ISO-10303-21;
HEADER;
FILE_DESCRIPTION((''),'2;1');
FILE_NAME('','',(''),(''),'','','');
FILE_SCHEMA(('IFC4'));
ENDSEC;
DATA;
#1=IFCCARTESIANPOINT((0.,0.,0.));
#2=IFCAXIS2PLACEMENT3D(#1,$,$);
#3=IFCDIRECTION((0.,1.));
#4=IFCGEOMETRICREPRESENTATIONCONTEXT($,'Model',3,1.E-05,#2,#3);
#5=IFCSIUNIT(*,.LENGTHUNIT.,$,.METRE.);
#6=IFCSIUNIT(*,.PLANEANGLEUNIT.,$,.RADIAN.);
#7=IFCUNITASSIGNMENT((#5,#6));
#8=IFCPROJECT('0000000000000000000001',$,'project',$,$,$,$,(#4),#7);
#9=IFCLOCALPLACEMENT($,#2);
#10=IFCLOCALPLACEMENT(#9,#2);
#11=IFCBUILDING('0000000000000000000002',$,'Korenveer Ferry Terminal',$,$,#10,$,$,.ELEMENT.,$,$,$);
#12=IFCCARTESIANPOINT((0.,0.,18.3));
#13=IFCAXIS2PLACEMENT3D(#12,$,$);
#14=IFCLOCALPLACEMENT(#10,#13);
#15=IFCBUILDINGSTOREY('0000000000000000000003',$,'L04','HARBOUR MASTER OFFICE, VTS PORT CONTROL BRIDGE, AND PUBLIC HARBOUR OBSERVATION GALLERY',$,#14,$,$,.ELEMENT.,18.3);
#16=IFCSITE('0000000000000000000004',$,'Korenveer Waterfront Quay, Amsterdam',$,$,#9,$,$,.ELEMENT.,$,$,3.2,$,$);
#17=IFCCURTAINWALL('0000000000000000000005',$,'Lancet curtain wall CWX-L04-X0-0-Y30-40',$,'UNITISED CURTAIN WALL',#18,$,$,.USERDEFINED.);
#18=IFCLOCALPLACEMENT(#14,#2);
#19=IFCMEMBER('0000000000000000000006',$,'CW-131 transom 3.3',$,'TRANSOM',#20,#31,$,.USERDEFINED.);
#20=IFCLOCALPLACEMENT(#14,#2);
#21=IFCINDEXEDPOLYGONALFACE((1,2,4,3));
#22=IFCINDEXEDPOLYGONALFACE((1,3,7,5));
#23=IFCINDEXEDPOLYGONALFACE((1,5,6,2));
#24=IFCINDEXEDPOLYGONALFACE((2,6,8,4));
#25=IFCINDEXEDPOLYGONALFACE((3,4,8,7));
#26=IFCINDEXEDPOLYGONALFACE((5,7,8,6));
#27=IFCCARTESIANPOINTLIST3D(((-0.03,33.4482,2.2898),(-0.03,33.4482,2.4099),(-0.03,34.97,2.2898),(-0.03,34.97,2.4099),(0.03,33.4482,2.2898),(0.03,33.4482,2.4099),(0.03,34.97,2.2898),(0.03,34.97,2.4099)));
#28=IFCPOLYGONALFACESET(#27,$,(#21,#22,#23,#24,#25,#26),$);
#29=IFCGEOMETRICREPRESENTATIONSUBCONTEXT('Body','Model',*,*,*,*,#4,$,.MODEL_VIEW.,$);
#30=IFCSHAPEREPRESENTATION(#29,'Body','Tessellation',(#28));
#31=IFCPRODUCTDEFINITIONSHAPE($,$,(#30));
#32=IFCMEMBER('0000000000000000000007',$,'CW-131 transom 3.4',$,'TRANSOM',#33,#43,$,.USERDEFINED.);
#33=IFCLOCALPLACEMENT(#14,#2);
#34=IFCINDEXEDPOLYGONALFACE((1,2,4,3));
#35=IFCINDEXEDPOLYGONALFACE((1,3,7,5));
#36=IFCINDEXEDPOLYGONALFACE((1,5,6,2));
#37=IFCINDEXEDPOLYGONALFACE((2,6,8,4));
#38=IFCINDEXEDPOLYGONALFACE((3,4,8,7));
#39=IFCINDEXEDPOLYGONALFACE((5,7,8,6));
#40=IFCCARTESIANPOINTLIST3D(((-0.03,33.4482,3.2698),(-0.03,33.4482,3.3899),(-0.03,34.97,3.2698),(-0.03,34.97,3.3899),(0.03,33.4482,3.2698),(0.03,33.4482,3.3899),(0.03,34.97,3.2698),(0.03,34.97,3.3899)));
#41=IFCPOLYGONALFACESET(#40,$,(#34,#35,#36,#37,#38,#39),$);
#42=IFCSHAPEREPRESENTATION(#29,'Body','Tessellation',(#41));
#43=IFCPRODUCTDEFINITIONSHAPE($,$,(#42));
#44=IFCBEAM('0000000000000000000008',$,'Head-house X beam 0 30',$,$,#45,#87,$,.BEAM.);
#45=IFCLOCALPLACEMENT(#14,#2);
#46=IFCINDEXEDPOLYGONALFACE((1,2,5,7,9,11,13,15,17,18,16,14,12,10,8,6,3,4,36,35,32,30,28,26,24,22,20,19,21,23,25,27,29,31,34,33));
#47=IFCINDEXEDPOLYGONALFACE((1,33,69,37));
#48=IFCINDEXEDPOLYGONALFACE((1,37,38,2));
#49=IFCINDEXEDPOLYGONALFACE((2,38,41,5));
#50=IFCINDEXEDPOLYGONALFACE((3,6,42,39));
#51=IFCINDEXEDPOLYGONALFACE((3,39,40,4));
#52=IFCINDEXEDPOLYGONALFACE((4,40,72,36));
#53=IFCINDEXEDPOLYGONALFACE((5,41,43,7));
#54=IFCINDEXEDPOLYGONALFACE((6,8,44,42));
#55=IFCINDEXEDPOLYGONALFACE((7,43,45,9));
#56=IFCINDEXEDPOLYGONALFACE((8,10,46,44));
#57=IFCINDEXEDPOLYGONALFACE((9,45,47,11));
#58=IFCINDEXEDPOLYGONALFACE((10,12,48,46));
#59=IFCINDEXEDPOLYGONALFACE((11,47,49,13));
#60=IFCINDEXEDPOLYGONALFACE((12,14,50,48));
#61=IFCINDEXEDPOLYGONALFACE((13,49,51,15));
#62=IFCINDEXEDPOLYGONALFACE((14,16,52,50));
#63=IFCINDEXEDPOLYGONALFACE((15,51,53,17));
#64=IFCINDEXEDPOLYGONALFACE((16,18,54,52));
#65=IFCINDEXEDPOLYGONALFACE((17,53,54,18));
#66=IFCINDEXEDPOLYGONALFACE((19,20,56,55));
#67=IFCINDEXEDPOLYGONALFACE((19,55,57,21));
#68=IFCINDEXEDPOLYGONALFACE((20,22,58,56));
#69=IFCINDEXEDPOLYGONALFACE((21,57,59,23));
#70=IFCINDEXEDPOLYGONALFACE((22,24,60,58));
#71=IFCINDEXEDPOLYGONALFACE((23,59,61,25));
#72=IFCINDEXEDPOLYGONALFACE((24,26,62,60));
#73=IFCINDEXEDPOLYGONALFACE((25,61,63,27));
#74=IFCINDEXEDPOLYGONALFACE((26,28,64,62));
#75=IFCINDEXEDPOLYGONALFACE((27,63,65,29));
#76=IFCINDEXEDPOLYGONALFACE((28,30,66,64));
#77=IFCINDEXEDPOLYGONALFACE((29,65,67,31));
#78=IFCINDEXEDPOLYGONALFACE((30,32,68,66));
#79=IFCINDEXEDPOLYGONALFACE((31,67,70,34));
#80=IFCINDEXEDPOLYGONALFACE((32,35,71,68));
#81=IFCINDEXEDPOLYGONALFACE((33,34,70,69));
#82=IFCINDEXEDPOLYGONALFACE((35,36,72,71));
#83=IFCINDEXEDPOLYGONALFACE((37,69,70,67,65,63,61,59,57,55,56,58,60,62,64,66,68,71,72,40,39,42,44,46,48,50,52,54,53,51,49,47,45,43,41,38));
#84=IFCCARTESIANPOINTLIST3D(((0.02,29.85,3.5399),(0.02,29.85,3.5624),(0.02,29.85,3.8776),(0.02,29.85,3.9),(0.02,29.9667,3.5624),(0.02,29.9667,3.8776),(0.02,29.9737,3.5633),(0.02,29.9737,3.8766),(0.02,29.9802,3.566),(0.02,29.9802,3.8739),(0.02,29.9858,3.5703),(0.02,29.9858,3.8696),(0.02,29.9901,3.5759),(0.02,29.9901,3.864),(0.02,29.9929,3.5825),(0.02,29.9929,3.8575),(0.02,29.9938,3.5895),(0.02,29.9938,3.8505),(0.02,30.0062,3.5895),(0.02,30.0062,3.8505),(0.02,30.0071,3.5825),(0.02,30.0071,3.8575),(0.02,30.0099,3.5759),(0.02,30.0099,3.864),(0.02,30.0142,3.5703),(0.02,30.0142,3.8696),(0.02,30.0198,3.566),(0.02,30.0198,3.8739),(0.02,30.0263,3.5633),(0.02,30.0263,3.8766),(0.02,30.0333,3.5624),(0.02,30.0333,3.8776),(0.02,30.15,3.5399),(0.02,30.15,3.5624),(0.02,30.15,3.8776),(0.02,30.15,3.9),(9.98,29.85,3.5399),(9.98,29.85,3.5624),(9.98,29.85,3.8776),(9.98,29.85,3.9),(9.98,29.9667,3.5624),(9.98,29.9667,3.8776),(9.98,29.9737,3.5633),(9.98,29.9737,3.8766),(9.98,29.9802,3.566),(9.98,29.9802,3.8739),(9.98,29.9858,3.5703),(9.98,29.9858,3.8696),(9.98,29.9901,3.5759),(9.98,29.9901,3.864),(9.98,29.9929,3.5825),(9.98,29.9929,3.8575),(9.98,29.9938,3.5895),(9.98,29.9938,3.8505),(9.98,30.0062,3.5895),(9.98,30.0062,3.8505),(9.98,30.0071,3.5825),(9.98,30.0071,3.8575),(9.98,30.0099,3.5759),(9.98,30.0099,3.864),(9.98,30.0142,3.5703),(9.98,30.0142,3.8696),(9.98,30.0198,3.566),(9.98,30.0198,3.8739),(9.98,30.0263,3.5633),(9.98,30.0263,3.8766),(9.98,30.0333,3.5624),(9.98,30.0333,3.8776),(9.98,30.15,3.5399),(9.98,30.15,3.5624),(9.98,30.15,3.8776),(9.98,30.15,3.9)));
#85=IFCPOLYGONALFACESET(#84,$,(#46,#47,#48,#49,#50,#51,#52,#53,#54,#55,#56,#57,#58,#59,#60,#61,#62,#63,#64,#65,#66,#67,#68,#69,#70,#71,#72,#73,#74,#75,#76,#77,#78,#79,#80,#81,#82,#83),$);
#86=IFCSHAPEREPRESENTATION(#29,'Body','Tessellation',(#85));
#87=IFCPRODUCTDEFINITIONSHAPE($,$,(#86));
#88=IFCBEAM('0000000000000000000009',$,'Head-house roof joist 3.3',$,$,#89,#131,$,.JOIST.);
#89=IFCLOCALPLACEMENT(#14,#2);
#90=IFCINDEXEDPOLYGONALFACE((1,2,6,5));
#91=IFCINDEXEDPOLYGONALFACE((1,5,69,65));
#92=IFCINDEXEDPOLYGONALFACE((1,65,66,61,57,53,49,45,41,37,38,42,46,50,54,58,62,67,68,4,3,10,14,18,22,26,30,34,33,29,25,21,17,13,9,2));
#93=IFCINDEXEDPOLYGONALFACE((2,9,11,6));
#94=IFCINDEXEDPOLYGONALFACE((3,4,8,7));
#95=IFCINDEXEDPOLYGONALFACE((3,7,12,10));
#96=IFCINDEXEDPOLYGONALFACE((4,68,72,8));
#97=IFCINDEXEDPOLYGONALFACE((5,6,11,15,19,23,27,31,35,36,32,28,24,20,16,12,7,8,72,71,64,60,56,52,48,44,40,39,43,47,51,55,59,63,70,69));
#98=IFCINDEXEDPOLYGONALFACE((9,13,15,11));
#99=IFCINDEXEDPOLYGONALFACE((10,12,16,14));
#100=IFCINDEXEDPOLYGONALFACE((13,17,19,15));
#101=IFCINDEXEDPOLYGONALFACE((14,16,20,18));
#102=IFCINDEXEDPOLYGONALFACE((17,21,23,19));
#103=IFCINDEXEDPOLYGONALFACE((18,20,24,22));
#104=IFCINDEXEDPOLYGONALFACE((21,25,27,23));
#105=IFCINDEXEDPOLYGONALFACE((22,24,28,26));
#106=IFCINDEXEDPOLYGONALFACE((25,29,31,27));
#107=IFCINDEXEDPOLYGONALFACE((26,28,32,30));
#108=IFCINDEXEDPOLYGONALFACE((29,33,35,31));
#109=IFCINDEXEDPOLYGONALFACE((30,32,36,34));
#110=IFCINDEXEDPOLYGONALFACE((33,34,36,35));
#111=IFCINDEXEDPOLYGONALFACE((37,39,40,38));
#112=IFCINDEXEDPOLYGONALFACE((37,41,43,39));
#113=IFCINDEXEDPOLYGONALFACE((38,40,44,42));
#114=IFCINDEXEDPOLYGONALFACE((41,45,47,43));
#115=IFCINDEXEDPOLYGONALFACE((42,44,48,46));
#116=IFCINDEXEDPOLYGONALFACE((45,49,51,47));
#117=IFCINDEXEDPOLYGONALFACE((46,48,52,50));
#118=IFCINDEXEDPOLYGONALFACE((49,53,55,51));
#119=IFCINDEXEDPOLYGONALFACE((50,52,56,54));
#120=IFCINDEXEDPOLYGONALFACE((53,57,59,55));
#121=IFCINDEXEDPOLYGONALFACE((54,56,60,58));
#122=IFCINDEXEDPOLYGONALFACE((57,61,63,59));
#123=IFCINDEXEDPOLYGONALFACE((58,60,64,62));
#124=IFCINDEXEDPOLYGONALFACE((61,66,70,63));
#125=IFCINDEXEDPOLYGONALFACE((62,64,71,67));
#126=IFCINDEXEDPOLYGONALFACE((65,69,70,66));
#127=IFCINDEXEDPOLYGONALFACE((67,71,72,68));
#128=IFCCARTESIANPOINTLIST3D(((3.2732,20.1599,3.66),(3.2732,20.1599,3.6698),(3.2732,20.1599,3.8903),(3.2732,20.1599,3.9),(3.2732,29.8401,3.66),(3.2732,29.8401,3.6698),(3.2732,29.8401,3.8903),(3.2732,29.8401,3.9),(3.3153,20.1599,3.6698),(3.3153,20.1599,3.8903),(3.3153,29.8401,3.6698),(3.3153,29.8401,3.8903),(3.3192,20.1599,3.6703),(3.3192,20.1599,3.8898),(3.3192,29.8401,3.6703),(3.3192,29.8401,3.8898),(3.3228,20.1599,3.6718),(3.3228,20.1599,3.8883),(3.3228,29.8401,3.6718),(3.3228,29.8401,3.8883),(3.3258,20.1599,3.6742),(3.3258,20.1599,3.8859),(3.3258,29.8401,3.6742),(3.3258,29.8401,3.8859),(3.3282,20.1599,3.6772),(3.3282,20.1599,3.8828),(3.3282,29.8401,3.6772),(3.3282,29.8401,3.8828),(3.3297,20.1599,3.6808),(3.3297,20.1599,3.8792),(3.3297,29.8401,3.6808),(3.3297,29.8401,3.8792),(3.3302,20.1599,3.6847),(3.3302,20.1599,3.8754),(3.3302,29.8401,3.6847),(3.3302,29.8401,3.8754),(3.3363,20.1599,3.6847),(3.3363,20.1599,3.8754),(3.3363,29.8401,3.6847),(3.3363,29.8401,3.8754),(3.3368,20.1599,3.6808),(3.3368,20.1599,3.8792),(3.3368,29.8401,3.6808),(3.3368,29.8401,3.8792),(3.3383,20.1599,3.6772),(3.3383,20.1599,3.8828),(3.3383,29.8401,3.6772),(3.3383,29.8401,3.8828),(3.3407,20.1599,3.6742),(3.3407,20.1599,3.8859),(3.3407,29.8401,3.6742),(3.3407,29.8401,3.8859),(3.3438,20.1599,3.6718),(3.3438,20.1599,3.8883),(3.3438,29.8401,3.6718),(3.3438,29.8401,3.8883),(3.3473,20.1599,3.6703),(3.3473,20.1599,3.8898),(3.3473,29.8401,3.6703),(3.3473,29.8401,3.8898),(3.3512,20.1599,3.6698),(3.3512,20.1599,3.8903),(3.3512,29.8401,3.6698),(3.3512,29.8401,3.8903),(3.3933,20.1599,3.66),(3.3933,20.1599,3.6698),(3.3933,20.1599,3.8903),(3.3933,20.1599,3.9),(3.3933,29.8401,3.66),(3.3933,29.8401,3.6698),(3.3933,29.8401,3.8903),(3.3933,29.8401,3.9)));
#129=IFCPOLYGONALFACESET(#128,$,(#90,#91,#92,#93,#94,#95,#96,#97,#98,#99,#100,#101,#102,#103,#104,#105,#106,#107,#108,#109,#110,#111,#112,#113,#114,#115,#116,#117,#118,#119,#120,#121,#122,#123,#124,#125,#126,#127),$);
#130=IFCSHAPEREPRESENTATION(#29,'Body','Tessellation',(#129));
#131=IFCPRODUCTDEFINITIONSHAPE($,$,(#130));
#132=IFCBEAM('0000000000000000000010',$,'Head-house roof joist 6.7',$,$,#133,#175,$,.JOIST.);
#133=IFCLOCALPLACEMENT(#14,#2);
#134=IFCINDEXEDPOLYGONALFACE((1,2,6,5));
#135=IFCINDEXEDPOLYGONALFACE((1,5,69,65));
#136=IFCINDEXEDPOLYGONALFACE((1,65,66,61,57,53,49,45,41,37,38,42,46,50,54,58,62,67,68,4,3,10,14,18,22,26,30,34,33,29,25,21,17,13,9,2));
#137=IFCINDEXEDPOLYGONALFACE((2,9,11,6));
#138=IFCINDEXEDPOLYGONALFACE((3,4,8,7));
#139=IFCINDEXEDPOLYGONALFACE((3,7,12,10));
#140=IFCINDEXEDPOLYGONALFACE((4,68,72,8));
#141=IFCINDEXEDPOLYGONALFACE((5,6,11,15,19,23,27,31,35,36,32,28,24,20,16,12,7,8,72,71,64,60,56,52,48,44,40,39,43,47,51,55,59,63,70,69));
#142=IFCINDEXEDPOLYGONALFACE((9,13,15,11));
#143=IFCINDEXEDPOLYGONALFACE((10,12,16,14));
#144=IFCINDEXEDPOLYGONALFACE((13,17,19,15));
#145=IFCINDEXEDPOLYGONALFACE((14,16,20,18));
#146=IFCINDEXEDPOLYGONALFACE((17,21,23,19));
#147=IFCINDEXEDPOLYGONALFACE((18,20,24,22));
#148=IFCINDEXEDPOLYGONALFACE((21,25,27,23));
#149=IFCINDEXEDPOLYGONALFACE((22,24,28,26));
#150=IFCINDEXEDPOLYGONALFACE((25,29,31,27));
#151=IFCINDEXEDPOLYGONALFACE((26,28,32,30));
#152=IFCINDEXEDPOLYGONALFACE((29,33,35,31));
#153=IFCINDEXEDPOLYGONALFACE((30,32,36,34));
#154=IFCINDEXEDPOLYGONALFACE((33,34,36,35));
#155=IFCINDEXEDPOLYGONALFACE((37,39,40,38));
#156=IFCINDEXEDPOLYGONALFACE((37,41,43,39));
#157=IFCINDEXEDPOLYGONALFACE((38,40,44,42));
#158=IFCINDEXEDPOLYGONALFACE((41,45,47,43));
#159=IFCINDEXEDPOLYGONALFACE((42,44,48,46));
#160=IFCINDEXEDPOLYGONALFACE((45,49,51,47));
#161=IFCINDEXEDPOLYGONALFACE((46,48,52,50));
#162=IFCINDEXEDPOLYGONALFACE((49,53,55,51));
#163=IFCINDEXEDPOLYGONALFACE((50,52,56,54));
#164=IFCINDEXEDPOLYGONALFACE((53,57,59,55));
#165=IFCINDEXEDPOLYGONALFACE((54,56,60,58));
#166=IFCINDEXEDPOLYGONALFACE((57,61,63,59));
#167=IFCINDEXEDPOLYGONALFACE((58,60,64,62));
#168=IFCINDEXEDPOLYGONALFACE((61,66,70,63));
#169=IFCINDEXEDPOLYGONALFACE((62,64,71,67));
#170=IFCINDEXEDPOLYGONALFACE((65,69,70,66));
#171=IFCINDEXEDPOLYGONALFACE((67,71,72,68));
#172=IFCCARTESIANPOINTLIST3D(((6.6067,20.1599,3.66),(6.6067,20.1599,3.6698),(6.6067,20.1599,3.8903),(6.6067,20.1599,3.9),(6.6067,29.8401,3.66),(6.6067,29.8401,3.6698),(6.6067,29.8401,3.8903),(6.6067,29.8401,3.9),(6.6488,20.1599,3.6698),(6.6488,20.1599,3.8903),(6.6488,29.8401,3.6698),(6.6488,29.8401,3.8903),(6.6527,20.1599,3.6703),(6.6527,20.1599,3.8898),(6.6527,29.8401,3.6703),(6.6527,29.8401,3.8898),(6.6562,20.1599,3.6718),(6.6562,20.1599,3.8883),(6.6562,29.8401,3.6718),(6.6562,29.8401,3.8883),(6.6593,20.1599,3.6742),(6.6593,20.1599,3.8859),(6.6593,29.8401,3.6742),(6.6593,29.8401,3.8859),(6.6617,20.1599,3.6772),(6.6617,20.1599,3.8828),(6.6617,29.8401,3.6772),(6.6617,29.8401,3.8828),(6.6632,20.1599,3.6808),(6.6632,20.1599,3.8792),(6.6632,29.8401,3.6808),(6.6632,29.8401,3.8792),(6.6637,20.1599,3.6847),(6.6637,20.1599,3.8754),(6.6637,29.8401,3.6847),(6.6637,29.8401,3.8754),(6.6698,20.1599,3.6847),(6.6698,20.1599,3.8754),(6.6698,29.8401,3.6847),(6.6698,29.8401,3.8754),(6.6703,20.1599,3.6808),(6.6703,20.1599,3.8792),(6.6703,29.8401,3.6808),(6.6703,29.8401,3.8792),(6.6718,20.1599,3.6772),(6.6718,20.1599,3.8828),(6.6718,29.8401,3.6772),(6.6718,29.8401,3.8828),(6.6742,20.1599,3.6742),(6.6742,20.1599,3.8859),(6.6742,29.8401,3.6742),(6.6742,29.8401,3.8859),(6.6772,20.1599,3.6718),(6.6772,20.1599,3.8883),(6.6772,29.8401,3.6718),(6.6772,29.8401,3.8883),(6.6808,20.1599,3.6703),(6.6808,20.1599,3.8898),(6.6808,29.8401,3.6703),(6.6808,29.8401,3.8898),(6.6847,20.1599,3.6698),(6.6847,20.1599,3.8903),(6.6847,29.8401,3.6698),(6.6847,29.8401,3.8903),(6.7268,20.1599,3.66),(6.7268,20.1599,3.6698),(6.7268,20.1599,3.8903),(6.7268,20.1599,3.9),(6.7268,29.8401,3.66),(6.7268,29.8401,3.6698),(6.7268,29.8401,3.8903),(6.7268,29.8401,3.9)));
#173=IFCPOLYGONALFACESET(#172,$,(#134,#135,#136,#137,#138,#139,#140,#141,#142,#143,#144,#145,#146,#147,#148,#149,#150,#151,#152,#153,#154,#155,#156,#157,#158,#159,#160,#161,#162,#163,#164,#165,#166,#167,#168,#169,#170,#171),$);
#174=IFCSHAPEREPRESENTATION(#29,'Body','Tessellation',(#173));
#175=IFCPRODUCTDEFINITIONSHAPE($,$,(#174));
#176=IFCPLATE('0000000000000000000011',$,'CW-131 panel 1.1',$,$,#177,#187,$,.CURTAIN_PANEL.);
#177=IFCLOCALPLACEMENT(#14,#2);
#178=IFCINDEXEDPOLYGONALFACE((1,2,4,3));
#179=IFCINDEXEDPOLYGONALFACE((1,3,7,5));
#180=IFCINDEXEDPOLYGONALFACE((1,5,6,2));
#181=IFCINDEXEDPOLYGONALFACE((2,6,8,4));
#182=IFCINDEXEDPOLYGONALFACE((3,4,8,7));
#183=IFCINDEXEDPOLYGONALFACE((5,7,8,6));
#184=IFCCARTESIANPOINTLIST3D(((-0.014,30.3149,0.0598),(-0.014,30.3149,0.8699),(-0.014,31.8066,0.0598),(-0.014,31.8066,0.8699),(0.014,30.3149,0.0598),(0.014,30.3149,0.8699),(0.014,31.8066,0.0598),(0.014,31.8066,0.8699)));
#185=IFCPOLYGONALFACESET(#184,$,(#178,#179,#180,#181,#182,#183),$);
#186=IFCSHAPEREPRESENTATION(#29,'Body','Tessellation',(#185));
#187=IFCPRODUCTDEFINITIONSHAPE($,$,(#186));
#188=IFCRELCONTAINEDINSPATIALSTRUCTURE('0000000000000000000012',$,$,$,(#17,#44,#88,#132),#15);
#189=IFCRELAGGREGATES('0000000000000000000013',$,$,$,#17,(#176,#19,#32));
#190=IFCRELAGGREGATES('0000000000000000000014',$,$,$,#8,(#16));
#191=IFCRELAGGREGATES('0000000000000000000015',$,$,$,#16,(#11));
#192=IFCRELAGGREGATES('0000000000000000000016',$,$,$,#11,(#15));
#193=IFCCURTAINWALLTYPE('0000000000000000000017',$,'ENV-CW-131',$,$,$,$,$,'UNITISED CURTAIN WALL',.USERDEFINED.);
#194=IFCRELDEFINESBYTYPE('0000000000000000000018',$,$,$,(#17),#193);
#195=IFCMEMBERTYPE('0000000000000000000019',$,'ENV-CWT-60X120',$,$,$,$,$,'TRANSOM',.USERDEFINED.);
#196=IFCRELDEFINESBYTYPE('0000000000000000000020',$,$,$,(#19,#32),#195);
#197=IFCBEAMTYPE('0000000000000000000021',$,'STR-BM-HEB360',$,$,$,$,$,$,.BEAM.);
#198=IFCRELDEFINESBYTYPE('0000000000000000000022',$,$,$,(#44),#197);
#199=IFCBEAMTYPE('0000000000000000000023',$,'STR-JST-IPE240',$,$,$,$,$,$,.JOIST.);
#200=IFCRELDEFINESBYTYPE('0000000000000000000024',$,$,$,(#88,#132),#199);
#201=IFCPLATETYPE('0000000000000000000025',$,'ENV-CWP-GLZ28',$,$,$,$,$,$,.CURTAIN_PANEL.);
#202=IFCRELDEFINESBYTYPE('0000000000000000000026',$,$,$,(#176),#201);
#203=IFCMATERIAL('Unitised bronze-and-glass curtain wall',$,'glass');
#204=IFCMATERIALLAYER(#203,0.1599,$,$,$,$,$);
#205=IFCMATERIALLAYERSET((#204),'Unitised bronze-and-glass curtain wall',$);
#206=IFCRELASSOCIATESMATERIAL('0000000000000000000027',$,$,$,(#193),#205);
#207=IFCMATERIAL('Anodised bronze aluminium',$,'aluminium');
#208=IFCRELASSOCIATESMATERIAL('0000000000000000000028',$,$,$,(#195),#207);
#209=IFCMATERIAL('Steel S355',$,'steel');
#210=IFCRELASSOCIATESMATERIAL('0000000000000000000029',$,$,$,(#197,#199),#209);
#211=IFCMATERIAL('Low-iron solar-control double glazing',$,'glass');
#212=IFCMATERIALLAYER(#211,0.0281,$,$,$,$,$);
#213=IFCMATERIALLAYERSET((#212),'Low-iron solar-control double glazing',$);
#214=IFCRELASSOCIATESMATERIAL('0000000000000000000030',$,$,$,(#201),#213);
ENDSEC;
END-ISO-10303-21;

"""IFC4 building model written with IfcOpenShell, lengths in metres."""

from ifc_helpers import new_model, si_unit, direction, frame, origin, origin_2d, place, context, subcontext, project, spatial, rectangle, i_section, extrude, material, layer, layer_set, material_profile, profile_set, type_object, element, aggregate, save


model = new_model("IFC4")

# Units and contexts
model_context = context("Model", 3, precision=1e-05, world=origin(), true_north=direction((0.0, 1.0)))
body_context = subcontext(model_context, "Body", "Model", "MODEL_VIEW")
ifc_project = project(units=[si_unit("LENGTHUNIT", "METRE"), si_unit("PLANEANGLEUNIT", "RADIAN")], contexts=[model_context])

# Site, building, storey
site_placement = place(None, origin())
site = spatial("IfcSite", under=ifc_project, at=site_placement, Name="Korenveer Waterfront Quay, Amsterdam", CompositionType="ELEMENT", RefElevation=3.2)
building_placement = place(site_placement, origin())
building = spatial("IfcBuilding", under=site, at=building_placement, Name="Korenveer Ferry Terminal", CompositionType="ELEMENT")
storey_placement = place(building_placement, frame((0.0, 0.0, 18.3)))
storey = spatial("IfcBuildingStorey", under=building, at=storey_placement, Name="L04", Description="HARBOUR MASTER OFFICE, VTS PORT CONTROL BRIDGE, AND PUBLIC HARBOUR OBSERVATION GALLERY", CompositionType="ELEMENT", Elevation=18.3)

# Curtain wall, members
ifc_material_1 = material(Name="Unitised bronze-and-glass curtain wall", Category="glass")
ifc_layer_1 = layer(ifc_material_1, 0.1599)
ifc_layer_set_1 = layer_set([ifc_layer_1], Name="Unitised bronze-and-glass curtain wall")
curtain_wall_type = type_object("IfcCurtainWallType", Name="ENV-CW-131", ElementType="UNITISED CURTAIN WALL", PredefinedType="USERDEFINED", material=ifc_layer_set_1)
curtain_wall_placement = place(storey_placement, frame((0.0, 30.2549, 0.0)))
curtain_wall = element("IfcCurtainWall", 1, at=curtain_wall_placement, inside=storey, type_object=curtain_wall_type, Name="Lancet curtain wall CWX-L04-X0-0-Y30-40", ObjectType="UNITISED CURTAIN WALL", PredefinedType="USERDEFINED")
ifc_material_2 = material(Name="Anodised bronze aluminium", Category="aluminium")
ifc_material_profile_1 = material_profile(ifc_material_2, rectangle(XDim=0.0601, YDim=0.1201, at=origin_2d()), Name="ALU 60x120")
ifc_profile_set_1 = profile_set([ifc_material_profile_1], Name="Anodised bronze aluminium")
member_type_1 = type_object("IfcMemberType", Name="ENV-CWT-60X120", ElementType="TRANSOM", PredefinedType="USERDEFINED", material=ifc_profile_set_1)
member_1_placement = place(storey_placement, frame((0.0, 33.4482, 2.3499), z_axis=(0.0, 1.0, 0.0), x_axis=(-1.0, 0.0, 0.0)))
member_1 = element("IfcMember", 2, at=member_1_placement, type_object=member_type_1, Name="CW-131 transom 3.3", ObjectType="TRANSOM", PredefinedType="USERDEFINED", context=body_context, shape_type="SweptSolid", body=[
    extrude(rectangle(XDim=0.0601, YDim=0.1201, at=origin_2d()), origin(), (0.0, 0.0, 1.0), 1.5217),
])
member_2_placement = place(storey_placement, frame((0.0, 33.4482, 3.3298), z_axis=(0.0, 1.0, 0.0), x_axis=(-1.0, 0.0, 0.0)))
member_2 = element("IfcMember", 3, at=member_2_placement, type_object=member_type_1, Name="CW-131 transom 3.4", ObjectType="TRANSOM", PredefinedType="USERDEFINED", context=body_context, shape_type="SweptSolid", body=[
    extrude(rectangle(XDim=0.0601, YDim=0.1201, at=origin_2d()), origin(), (0.0, 0.0, 1.0), 1.5217),
])

# Beams
ifc_material_3 = material(Name="Steel S355", Category="steel")
ifc_material_profile_2 = material_profile(ifc_material_3, i_section(OverallWidth=0.3, OverallDepth=0.3601, WebThickness=0.0125, FlangeThickness=0.0225, FilletRadius=0.0271, at=origin_2d()), Name="HEB 360")
ifc_profile_set_2 = profile_set([ifc_material_profile_2], Name="Steel S355")
beam_type_1 = type_object("IfcBeamType", Name="STR-BM-HEB360", PredefinedType="BEAM", material=ifc_profile_set_2)
beam_placement = place(storey_placement, frame((0.02, 30.0, 3.72), z_axis=(1.0, 0.0, 0.0), x_axis=(0.0, 1.0, 0.0)))
element("IfcBeam", 4, at=beam_placement, inside=storey, type_object=beam_type_1, Name="Head-house X beam 0 30", PredefinedType="BEAM", context=body_context, shape_type="SweptSolid", body=[
    extrude(i_section(OverallWidth=0.3, OverallDepth=0.3601, WebThickness=0.0125, FlangeThickness=0.0225, FilletRadius=0.0271, at=origin_2d()), origin(), (0.0, 0.0, 1.0), 9.96),
])
ifc_material_profile_3 = material_profile(ifc_material_3, i_section(OverallWidth=0.1201, OverallDepth=0.24, WebThickness=0.0061, FlangeThickness=0.0098, FilletRadius=0.0149, at=origin_2d()), Name="IPE 240")
ifc_profile_set_3 = profile_set([ifc_material_profile_3], Name="Steel S355")
beam_type_2 = type_object("IfcBeamType", Name="STR-JST-IPE240", PredefinedType="JOIST", material=ifc_profile_set_3)
for number, where, z_axis, x_axis, name in (
    (5, (3.3333, 20.1599, 3.78), (0.0, 1.0, 0.0), (-1.0, 0.0, 0.0), "Head-house roof joist 3.3"),
    (6, (6.6667, 20.1599, 3.78), (0.0, 1.0, 0.0), (-1.0, 0.0, 0.0), "Head-house roof joist 6.7"),
):
    element("IfcBeam", number, at=place(storey_placement, frame(where, z_axis=z_axis, x_axis=x_axis)), inside=storey, type_object=beam_type_2, Name=name, PredefinedType="JOIST", context=body_context, shape_type="SweptSolid", body=[
        extrude(i_section(OverallWidth=0.1201, OverallDepth=0.24, WebThickness=0.0061, FlangeThickness=0.0098, FilletRadius=0.0149, at=origin_2d()), origin(), (0.0, 0.0, 1.0), 9.6802),
    ])

# Plate
ifc_material_4 = material(Name="Low-iron solar-control double glazing", Category="glass")
ifc_layer_2 = layer(ifc_material_4, 0.0281)
ifc_layer_set_2 = layer_set([ifc_layer_2], Name="Low-iron solar-control double glazing")
plate_type = type_object("IfcPlateType", Name="ENV-CWP-GLZ28", PredefinedType="CURTAIN_PANEL", material=ifc_layer_set_2)
plate_1_placement = place(storey_placement, frame((0.0, 31.0608, 0.0598), z_axis=(0.0, 0.0, 1.0), x_axis=(0.0, 1.0, 0.0)))
plate_1 = element("IfcPlate", 7, at=plate_1_placement, type_object=plate_type, Name="CW-131 panel 1.1", PredefinedType="CURTAIN_PANEL", context=body_context, shape_type="SweptSolid", body=[
    extrude(rectangle(XDim=1.4917, YDim=0.0281, at=origin_2d()), origin(), (0.0, 0.0, 1.0), 0.8101),
])
aggregate(curtain_wall, [plate_1, member_1, member_2])

save(model, "model.ifc")
